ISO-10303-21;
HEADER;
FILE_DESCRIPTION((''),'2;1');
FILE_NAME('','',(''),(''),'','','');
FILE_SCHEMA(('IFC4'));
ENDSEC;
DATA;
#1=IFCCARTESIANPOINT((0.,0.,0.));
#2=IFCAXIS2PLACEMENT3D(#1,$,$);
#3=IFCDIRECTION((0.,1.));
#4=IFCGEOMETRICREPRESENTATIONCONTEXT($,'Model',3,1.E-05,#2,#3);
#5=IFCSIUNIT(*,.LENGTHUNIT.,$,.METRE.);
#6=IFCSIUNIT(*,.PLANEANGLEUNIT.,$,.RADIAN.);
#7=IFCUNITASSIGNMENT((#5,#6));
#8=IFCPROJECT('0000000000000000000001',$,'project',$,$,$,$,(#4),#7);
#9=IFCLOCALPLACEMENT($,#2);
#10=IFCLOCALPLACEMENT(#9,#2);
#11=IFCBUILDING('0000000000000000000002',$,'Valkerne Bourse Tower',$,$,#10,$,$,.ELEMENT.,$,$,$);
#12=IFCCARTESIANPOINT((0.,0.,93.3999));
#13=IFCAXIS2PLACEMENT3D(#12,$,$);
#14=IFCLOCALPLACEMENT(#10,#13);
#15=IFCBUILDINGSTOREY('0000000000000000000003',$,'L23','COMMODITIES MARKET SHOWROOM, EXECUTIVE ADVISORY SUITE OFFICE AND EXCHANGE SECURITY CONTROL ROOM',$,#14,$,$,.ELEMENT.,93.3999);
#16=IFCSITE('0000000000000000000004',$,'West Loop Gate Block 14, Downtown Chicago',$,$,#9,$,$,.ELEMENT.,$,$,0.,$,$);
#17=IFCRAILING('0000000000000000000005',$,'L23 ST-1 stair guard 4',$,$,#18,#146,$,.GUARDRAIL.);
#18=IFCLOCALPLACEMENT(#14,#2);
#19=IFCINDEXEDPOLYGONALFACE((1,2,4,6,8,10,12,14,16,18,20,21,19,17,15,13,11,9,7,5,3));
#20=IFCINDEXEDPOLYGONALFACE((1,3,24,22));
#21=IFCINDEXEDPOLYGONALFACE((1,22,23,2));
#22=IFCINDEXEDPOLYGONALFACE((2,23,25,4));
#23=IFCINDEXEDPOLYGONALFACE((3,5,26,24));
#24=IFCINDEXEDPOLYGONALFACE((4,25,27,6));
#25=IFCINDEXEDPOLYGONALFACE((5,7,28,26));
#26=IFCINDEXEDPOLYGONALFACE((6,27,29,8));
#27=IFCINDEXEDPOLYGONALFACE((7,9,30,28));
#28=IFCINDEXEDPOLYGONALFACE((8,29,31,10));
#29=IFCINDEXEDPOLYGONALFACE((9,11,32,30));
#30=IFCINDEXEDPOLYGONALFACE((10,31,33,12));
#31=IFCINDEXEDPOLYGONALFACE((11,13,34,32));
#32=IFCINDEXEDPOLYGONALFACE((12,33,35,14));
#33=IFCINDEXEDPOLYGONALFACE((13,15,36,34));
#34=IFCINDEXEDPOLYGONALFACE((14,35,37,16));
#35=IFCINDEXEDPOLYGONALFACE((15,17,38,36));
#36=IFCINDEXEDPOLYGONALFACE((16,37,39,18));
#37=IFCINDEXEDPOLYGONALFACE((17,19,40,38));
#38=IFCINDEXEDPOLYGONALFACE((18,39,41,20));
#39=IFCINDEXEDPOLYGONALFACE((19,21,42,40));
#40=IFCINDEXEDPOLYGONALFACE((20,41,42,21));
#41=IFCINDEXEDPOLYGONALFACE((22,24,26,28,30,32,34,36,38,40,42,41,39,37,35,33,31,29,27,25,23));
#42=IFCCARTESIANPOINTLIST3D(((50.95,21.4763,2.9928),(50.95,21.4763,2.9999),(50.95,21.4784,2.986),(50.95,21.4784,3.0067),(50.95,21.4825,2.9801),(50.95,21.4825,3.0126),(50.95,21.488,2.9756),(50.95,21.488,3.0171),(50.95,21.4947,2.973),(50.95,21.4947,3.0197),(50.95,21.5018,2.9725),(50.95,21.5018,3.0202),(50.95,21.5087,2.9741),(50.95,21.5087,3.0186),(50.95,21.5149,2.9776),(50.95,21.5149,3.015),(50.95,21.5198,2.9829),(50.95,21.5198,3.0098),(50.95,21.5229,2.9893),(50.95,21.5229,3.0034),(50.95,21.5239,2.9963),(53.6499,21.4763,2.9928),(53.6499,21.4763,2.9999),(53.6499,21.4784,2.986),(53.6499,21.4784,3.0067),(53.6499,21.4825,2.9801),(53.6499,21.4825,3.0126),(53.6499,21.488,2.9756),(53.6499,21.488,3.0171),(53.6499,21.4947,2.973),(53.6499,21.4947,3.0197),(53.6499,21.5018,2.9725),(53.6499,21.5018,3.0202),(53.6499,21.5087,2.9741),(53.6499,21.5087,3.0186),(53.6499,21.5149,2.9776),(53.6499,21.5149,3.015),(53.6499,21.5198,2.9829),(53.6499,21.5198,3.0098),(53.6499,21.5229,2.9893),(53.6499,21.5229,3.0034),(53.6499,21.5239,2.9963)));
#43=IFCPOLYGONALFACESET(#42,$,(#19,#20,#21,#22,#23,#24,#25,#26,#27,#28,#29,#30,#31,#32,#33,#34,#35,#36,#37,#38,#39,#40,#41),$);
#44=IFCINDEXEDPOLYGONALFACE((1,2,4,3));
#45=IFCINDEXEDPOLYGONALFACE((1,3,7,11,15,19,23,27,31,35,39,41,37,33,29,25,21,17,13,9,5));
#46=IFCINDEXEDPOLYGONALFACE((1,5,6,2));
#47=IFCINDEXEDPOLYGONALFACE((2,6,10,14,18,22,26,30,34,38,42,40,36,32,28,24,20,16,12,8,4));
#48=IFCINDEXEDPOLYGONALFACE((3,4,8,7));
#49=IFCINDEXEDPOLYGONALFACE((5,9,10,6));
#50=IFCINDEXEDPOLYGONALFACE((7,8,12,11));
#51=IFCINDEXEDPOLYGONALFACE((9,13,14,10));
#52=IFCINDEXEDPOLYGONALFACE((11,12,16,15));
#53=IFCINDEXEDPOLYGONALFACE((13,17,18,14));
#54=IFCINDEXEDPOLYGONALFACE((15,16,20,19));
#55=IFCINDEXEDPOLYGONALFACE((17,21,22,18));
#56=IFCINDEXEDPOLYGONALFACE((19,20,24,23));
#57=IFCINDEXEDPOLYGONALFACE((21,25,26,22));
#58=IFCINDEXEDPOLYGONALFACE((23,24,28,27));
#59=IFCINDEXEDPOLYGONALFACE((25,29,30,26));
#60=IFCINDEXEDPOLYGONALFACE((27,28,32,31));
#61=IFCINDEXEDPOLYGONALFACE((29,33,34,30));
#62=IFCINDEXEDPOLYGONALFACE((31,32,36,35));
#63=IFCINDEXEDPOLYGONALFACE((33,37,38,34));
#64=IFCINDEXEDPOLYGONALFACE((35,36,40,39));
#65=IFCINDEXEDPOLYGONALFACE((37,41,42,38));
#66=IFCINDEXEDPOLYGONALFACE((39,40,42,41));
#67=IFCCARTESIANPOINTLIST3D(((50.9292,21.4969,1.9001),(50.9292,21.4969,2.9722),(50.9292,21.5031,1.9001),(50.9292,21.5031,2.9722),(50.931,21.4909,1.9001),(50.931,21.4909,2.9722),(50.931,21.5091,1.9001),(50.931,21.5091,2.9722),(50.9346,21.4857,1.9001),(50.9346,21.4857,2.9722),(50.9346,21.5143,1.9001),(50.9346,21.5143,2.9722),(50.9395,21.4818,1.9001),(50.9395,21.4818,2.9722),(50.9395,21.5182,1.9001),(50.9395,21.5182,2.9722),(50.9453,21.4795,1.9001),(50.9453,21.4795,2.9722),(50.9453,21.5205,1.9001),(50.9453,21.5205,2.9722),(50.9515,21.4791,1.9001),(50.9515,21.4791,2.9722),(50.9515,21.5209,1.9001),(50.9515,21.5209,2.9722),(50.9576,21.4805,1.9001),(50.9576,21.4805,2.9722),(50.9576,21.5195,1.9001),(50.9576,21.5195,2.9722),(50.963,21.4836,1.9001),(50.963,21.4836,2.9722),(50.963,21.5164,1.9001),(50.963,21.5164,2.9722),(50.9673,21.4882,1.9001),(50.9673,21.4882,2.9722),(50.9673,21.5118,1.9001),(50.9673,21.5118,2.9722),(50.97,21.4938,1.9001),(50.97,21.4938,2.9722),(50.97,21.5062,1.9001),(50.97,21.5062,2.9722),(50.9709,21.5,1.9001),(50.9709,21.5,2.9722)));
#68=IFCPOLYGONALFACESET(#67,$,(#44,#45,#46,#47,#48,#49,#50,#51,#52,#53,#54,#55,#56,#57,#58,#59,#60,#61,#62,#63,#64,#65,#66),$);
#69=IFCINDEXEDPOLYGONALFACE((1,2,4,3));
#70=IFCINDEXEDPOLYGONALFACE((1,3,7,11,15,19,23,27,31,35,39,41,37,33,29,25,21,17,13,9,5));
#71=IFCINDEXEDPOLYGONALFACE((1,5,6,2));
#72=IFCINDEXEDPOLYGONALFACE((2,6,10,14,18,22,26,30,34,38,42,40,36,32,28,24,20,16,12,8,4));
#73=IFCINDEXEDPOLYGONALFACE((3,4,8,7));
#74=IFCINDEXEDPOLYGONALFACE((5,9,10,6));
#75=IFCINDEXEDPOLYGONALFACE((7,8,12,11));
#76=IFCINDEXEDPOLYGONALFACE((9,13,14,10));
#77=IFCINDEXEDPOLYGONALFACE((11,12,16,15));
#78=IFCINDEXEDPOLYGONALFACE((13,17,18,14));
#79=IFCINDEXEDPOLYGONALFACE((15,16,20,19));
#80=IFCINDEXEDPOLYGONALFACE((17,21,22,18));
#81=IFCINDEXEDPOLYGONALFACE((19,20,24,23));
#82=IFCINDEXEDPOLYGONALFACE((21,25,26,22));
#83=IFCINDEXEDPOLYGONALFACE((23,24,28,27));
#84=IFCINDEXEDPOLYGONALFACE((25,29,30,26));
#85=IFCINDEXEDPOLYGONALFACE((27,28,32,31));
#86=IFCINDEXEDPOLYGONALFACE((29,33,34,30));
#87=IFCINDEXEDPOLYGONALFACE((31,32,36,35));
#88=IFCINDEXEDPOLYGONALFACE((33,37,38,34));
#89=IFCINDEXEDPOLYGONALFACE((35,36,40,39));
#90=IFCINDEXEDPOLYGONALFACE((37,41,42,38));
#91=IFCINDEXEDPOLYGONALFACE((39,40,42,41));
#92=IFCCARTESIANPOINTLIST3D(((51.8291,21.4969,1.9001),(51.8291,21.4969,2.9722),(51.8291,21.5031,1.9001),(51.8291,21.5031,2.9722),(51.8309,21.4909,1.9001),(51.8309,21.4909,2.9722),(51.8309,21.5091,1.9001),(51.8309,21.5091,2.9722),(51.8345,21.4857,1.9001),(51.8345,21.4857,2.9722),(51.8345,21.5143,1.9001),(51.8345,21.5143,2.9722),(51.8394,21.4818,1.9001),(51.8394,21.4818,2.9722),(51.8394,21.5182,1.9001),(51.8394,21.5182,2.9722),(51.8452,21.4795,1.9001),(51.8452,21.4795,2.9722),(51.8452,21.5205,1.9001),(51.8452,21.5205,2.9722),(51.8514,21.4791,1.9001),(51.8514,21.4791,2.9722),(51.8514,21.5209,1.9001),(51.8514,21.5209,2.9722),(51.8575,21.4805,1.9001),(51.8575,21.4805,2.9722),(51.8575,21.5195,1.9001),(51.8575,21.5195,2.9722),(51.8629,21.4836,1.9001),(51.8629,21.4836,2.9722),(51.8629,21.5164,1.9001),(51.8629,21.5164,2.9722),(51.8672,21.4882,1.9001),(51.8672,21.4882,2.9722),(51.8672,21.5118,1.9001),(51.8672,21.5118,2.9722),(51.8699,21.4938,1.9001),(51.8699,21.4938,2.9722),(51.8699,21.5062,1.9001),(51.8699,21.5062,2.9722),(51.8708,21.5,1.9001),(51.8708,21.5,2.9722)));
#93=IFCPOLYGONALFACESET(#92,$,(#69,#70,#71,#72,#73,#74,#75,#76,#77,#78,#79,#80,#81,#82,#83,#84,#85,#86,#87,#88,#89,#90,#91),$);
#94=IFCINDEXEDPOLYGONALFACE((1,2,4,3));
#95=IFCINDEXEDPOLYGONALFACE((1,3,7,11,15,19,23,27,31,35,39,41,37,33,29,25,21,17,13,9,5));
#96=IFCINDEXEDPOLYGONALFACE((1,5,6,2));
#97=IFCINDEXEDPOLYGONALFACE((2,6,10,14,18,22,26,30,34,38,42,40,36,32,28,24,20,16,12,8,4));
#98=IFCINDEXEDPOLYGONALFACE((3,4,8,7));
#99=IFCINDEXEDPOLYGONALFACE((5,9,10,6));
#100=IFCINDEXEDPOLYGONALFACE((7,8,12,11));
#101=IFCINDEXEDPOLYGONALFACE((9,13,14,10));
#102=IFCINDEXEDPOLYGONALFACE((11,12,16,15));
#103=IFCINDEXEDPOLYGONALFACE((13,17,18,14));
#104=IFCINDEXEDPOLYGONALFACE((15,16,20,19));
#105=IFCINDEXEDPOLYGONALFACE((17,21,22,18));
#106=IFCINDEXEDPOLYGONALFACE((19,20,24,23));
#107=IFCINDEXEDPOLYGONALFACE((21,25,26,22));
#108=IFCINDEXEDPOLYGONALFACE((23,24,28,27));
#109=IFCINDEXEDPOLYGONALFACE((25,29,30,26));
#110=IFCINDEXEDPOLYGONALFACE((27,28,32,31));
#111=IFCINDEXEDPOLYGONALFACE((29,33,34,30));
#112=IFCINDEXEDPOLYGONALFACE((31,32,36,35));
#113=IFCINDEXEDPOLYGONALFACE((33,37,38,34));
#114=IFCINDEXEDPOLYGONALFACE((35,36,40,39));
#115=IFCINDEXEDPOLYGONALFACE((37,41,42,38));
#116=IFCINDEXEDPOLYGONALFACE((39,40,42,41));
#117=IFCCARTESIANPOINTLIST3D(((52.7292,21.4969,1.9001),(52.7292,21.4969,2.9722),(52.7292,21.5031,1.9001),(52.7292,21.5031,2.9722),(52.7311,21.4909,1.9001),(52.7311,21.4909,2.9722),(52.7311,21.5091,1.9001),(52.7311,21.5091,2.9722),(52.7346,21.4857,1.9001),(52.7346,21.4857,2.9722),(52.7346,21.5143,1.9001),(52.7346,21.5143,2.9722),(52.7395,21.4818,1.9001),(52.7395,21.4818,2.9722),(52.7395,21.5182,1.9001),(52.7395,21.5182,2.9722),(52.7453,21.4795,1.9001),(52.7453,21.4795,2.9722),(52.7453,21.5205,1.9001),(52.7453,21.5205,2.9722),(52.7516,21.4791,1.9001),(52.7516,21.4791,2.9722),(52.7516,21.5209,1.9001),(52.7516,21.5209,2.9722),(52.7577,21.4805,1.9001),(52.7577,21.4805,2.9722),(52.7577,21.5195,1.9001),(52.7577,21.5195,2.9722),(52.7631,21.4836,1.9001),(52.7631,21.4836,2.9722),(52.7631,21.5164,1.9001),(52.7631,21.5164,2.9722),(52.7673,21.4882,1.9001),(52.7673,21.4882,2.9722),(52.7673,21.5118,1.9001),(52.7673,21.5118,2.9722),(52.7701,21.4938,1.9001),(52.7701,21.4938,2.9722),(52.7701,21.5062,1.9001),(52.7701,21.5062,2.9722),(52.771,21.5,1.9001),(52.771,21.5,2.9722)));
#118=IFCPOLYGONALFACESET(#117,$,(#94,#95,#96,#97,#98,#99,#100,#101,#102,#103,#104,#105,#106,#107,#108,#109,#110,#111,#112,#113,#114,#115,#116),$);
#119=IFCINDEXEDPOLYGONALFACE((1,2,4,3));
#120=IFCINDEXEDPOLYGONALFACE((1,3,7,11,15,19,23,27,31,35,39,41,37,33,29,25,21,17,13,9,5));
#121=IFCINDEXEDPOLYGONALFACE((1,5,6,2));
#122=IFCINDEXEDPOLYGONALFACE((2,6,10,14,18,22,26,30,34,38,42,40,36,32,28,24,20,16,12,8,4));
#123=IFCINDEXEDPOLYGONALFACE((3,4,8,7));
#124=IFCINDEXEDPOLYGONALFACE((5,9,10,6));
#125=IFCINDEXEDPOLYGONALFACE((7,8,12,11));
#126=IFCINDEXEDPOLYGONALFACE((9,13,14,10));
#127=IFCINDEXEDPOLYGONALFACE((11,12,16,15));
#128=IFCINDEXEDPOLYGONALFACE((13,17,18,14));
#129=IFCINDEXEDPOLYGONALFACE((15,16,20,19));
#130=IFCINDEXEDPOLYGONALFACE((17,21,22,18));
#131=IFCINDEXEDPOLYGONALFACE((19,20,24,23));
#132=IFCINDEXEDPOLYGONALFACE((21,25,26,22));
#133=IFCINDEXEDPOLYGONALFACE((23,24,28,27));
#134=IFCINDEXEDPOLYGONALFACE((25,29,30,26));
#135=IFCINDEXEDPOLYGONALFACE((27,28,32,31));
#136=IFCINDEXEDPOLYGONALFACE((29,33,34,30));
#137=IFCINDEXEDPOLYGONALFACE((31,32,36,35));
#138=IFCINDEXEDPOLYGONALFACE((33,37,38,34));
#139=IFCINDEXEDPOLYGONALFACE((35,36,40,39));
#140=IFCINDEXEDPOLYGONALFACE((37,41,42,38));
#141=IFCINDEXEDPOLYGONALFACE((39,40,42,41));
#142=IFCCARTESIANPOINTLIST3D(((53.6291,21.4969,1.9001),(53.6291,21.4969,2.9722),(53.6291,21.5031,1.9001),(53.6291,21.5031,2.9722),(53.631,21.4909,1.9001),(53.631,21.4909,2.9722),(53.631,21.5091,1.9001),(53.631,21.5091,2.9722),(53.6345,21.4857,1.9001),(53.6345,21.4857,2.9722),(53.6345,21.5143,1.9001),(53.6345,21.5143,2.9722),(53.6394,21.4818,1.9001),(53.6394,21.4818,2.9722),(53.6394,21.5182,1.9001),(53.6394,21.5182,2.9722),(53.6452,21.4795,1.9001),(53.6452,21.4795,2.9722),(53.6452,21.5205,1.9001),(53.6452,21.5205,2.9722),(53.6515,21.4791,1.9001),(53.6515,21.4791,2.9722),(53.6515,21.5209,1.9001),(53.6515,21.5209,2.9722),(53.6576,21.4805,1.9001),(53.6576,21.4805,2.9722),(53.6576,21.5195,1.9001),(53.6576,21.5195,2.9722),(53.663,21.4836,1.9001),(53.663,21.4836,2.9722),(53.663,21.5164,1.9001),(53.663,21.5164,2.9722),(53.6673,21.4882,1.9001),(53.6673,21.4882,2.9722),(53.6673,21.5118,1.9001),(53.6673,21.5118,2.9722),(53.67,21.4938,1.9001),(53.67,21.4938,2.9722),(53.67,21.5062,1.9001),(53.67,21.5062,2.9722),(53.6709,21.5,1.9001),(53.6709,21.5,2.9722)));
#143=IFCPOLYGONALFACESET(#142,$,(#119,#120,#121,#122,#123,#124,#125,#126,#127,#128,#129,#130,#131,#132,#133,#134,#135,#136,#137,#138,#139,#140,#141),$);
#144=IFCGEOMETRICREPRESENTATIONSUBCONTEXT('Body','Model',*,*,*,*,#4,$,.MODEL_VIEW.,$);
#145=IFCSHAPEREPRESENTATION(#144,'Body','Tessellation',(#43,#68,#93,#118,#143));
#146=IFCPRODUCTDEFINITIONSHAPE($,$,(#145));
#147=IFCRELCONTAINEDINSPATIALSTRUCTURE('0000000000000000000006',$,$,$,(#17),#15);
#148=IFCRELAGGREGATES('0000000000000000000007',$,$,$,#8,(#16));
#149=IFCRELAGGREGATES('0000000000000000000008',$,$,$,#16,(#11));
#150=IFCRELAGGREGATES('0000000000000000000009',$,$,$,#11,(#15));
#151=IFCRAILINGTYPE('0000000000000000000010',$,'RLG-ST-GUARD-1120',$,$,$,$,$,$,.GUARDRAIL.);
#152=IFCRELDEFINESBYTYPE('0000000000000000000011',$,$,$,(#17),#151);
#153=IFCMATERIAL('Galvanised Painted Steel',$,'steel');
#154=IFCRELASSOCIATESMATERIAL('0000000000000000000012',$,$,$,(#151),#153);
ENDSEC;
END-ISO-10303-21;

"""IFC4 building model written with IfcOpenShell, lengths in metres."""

from ifc_helpers import new_model, si_unit, direction, frame, origin, origin_2d, place, context, subcontext, project, spatial, circle, extrude, material, type_object, element, save


model = new_model("IFC4")

# Units and contexts
model_context = context("Model", 3, precision=1e-05, world=origin(), true_north=direction((0.0, 1.0)))
body_context = subcontext(model_context, "Body", "Model", "MODEL_VIEW")
ifc_project = project(units=[si_unit("LENGTHUNIT", "METRE"), si_unit("PLANEANGLEUNIT", "RADIAN")], contexts=[model_context])

# Site, building, storey
site_placement = place(None, origin())
site = spatial("IfcSite", under=ifc_project, at=site_placement, Name="West Loop Gate Block 14, Downtown Chicago", CompositionType="ELEMENT", RefElevation=0.0)
building_placement = place(site_placement, origin())
building = spatial("IfcBuilding", under=site, at=building_placement, Name="Valkerne Bourse Tower", CompositionType="ELEMENT")
storey_placement = place(building_placement, frame((0.0, 0.0, 93.3999)))
storey = spatial("IfcBuildingStorey", under=building, at=storey_placement, Name="L23", Description="COMMODITIES MARKET SHOWROOM, EXECUTIVE ADVISORY SUITE OFFICE AND EXCHANGE SECURITY CONTROL ROOM", CompositionType="ELEMENT", Elevation=93.3999)

# Shared definitions
ifc_material_1 = material(Name="Galvanised Painted Steel", Category="steel")

# Railing
railing_type_1 = type_object("IfcRailingType", Name="RLG-ST-GUARD-1120", PredefinedType="GUARDRAIL", material=ifc_material_1)
for number, where, name in (
    (1, (50.95, 21.5, 1.9001), "L23 ST-1 stair guard 4"),
):
    element("IfcRailing", number, at=place(storey_placement, frame(where)), inside=storey, type_object=railing_type_1, Name=name, PredefinedType="GUARDRAIL", context=body_context, shape_type="SweptSolid", body=[
        extrude(circle(Radius=0.0239, at=origin_2d()), frame((0.0, 0.0, 1.0962), z_axis=(1.0, 0.0, 0.0), x_axis=(0.0, 1.0, 0.0)), (0.0, 0.0, 1.0), 2.7),
        extrude(circle(Radius=0.021, at=origin_2d()), origin(), (0.0, 0.0, 1.0), 1.072),
        extrude(circle(Radius=0.021, at=origin_2d()), frame((0.8999, 0.0, 0.0)), (0.0, 0.0, 1.0), 1.072),
        extrude(circle(Radius=0.021, at=origin_2d()), frame((1.8, 0.0, 0.0)), (0.0, 0.0, 1.0), 1.072),
        extrude(circle(Radius=0.021, at=origin_2d()), frame((2.7, 0.0, 0.0)), (0.0, 0.0, 1.0), 1.072),
    ])

save(model, "model.ifc")
